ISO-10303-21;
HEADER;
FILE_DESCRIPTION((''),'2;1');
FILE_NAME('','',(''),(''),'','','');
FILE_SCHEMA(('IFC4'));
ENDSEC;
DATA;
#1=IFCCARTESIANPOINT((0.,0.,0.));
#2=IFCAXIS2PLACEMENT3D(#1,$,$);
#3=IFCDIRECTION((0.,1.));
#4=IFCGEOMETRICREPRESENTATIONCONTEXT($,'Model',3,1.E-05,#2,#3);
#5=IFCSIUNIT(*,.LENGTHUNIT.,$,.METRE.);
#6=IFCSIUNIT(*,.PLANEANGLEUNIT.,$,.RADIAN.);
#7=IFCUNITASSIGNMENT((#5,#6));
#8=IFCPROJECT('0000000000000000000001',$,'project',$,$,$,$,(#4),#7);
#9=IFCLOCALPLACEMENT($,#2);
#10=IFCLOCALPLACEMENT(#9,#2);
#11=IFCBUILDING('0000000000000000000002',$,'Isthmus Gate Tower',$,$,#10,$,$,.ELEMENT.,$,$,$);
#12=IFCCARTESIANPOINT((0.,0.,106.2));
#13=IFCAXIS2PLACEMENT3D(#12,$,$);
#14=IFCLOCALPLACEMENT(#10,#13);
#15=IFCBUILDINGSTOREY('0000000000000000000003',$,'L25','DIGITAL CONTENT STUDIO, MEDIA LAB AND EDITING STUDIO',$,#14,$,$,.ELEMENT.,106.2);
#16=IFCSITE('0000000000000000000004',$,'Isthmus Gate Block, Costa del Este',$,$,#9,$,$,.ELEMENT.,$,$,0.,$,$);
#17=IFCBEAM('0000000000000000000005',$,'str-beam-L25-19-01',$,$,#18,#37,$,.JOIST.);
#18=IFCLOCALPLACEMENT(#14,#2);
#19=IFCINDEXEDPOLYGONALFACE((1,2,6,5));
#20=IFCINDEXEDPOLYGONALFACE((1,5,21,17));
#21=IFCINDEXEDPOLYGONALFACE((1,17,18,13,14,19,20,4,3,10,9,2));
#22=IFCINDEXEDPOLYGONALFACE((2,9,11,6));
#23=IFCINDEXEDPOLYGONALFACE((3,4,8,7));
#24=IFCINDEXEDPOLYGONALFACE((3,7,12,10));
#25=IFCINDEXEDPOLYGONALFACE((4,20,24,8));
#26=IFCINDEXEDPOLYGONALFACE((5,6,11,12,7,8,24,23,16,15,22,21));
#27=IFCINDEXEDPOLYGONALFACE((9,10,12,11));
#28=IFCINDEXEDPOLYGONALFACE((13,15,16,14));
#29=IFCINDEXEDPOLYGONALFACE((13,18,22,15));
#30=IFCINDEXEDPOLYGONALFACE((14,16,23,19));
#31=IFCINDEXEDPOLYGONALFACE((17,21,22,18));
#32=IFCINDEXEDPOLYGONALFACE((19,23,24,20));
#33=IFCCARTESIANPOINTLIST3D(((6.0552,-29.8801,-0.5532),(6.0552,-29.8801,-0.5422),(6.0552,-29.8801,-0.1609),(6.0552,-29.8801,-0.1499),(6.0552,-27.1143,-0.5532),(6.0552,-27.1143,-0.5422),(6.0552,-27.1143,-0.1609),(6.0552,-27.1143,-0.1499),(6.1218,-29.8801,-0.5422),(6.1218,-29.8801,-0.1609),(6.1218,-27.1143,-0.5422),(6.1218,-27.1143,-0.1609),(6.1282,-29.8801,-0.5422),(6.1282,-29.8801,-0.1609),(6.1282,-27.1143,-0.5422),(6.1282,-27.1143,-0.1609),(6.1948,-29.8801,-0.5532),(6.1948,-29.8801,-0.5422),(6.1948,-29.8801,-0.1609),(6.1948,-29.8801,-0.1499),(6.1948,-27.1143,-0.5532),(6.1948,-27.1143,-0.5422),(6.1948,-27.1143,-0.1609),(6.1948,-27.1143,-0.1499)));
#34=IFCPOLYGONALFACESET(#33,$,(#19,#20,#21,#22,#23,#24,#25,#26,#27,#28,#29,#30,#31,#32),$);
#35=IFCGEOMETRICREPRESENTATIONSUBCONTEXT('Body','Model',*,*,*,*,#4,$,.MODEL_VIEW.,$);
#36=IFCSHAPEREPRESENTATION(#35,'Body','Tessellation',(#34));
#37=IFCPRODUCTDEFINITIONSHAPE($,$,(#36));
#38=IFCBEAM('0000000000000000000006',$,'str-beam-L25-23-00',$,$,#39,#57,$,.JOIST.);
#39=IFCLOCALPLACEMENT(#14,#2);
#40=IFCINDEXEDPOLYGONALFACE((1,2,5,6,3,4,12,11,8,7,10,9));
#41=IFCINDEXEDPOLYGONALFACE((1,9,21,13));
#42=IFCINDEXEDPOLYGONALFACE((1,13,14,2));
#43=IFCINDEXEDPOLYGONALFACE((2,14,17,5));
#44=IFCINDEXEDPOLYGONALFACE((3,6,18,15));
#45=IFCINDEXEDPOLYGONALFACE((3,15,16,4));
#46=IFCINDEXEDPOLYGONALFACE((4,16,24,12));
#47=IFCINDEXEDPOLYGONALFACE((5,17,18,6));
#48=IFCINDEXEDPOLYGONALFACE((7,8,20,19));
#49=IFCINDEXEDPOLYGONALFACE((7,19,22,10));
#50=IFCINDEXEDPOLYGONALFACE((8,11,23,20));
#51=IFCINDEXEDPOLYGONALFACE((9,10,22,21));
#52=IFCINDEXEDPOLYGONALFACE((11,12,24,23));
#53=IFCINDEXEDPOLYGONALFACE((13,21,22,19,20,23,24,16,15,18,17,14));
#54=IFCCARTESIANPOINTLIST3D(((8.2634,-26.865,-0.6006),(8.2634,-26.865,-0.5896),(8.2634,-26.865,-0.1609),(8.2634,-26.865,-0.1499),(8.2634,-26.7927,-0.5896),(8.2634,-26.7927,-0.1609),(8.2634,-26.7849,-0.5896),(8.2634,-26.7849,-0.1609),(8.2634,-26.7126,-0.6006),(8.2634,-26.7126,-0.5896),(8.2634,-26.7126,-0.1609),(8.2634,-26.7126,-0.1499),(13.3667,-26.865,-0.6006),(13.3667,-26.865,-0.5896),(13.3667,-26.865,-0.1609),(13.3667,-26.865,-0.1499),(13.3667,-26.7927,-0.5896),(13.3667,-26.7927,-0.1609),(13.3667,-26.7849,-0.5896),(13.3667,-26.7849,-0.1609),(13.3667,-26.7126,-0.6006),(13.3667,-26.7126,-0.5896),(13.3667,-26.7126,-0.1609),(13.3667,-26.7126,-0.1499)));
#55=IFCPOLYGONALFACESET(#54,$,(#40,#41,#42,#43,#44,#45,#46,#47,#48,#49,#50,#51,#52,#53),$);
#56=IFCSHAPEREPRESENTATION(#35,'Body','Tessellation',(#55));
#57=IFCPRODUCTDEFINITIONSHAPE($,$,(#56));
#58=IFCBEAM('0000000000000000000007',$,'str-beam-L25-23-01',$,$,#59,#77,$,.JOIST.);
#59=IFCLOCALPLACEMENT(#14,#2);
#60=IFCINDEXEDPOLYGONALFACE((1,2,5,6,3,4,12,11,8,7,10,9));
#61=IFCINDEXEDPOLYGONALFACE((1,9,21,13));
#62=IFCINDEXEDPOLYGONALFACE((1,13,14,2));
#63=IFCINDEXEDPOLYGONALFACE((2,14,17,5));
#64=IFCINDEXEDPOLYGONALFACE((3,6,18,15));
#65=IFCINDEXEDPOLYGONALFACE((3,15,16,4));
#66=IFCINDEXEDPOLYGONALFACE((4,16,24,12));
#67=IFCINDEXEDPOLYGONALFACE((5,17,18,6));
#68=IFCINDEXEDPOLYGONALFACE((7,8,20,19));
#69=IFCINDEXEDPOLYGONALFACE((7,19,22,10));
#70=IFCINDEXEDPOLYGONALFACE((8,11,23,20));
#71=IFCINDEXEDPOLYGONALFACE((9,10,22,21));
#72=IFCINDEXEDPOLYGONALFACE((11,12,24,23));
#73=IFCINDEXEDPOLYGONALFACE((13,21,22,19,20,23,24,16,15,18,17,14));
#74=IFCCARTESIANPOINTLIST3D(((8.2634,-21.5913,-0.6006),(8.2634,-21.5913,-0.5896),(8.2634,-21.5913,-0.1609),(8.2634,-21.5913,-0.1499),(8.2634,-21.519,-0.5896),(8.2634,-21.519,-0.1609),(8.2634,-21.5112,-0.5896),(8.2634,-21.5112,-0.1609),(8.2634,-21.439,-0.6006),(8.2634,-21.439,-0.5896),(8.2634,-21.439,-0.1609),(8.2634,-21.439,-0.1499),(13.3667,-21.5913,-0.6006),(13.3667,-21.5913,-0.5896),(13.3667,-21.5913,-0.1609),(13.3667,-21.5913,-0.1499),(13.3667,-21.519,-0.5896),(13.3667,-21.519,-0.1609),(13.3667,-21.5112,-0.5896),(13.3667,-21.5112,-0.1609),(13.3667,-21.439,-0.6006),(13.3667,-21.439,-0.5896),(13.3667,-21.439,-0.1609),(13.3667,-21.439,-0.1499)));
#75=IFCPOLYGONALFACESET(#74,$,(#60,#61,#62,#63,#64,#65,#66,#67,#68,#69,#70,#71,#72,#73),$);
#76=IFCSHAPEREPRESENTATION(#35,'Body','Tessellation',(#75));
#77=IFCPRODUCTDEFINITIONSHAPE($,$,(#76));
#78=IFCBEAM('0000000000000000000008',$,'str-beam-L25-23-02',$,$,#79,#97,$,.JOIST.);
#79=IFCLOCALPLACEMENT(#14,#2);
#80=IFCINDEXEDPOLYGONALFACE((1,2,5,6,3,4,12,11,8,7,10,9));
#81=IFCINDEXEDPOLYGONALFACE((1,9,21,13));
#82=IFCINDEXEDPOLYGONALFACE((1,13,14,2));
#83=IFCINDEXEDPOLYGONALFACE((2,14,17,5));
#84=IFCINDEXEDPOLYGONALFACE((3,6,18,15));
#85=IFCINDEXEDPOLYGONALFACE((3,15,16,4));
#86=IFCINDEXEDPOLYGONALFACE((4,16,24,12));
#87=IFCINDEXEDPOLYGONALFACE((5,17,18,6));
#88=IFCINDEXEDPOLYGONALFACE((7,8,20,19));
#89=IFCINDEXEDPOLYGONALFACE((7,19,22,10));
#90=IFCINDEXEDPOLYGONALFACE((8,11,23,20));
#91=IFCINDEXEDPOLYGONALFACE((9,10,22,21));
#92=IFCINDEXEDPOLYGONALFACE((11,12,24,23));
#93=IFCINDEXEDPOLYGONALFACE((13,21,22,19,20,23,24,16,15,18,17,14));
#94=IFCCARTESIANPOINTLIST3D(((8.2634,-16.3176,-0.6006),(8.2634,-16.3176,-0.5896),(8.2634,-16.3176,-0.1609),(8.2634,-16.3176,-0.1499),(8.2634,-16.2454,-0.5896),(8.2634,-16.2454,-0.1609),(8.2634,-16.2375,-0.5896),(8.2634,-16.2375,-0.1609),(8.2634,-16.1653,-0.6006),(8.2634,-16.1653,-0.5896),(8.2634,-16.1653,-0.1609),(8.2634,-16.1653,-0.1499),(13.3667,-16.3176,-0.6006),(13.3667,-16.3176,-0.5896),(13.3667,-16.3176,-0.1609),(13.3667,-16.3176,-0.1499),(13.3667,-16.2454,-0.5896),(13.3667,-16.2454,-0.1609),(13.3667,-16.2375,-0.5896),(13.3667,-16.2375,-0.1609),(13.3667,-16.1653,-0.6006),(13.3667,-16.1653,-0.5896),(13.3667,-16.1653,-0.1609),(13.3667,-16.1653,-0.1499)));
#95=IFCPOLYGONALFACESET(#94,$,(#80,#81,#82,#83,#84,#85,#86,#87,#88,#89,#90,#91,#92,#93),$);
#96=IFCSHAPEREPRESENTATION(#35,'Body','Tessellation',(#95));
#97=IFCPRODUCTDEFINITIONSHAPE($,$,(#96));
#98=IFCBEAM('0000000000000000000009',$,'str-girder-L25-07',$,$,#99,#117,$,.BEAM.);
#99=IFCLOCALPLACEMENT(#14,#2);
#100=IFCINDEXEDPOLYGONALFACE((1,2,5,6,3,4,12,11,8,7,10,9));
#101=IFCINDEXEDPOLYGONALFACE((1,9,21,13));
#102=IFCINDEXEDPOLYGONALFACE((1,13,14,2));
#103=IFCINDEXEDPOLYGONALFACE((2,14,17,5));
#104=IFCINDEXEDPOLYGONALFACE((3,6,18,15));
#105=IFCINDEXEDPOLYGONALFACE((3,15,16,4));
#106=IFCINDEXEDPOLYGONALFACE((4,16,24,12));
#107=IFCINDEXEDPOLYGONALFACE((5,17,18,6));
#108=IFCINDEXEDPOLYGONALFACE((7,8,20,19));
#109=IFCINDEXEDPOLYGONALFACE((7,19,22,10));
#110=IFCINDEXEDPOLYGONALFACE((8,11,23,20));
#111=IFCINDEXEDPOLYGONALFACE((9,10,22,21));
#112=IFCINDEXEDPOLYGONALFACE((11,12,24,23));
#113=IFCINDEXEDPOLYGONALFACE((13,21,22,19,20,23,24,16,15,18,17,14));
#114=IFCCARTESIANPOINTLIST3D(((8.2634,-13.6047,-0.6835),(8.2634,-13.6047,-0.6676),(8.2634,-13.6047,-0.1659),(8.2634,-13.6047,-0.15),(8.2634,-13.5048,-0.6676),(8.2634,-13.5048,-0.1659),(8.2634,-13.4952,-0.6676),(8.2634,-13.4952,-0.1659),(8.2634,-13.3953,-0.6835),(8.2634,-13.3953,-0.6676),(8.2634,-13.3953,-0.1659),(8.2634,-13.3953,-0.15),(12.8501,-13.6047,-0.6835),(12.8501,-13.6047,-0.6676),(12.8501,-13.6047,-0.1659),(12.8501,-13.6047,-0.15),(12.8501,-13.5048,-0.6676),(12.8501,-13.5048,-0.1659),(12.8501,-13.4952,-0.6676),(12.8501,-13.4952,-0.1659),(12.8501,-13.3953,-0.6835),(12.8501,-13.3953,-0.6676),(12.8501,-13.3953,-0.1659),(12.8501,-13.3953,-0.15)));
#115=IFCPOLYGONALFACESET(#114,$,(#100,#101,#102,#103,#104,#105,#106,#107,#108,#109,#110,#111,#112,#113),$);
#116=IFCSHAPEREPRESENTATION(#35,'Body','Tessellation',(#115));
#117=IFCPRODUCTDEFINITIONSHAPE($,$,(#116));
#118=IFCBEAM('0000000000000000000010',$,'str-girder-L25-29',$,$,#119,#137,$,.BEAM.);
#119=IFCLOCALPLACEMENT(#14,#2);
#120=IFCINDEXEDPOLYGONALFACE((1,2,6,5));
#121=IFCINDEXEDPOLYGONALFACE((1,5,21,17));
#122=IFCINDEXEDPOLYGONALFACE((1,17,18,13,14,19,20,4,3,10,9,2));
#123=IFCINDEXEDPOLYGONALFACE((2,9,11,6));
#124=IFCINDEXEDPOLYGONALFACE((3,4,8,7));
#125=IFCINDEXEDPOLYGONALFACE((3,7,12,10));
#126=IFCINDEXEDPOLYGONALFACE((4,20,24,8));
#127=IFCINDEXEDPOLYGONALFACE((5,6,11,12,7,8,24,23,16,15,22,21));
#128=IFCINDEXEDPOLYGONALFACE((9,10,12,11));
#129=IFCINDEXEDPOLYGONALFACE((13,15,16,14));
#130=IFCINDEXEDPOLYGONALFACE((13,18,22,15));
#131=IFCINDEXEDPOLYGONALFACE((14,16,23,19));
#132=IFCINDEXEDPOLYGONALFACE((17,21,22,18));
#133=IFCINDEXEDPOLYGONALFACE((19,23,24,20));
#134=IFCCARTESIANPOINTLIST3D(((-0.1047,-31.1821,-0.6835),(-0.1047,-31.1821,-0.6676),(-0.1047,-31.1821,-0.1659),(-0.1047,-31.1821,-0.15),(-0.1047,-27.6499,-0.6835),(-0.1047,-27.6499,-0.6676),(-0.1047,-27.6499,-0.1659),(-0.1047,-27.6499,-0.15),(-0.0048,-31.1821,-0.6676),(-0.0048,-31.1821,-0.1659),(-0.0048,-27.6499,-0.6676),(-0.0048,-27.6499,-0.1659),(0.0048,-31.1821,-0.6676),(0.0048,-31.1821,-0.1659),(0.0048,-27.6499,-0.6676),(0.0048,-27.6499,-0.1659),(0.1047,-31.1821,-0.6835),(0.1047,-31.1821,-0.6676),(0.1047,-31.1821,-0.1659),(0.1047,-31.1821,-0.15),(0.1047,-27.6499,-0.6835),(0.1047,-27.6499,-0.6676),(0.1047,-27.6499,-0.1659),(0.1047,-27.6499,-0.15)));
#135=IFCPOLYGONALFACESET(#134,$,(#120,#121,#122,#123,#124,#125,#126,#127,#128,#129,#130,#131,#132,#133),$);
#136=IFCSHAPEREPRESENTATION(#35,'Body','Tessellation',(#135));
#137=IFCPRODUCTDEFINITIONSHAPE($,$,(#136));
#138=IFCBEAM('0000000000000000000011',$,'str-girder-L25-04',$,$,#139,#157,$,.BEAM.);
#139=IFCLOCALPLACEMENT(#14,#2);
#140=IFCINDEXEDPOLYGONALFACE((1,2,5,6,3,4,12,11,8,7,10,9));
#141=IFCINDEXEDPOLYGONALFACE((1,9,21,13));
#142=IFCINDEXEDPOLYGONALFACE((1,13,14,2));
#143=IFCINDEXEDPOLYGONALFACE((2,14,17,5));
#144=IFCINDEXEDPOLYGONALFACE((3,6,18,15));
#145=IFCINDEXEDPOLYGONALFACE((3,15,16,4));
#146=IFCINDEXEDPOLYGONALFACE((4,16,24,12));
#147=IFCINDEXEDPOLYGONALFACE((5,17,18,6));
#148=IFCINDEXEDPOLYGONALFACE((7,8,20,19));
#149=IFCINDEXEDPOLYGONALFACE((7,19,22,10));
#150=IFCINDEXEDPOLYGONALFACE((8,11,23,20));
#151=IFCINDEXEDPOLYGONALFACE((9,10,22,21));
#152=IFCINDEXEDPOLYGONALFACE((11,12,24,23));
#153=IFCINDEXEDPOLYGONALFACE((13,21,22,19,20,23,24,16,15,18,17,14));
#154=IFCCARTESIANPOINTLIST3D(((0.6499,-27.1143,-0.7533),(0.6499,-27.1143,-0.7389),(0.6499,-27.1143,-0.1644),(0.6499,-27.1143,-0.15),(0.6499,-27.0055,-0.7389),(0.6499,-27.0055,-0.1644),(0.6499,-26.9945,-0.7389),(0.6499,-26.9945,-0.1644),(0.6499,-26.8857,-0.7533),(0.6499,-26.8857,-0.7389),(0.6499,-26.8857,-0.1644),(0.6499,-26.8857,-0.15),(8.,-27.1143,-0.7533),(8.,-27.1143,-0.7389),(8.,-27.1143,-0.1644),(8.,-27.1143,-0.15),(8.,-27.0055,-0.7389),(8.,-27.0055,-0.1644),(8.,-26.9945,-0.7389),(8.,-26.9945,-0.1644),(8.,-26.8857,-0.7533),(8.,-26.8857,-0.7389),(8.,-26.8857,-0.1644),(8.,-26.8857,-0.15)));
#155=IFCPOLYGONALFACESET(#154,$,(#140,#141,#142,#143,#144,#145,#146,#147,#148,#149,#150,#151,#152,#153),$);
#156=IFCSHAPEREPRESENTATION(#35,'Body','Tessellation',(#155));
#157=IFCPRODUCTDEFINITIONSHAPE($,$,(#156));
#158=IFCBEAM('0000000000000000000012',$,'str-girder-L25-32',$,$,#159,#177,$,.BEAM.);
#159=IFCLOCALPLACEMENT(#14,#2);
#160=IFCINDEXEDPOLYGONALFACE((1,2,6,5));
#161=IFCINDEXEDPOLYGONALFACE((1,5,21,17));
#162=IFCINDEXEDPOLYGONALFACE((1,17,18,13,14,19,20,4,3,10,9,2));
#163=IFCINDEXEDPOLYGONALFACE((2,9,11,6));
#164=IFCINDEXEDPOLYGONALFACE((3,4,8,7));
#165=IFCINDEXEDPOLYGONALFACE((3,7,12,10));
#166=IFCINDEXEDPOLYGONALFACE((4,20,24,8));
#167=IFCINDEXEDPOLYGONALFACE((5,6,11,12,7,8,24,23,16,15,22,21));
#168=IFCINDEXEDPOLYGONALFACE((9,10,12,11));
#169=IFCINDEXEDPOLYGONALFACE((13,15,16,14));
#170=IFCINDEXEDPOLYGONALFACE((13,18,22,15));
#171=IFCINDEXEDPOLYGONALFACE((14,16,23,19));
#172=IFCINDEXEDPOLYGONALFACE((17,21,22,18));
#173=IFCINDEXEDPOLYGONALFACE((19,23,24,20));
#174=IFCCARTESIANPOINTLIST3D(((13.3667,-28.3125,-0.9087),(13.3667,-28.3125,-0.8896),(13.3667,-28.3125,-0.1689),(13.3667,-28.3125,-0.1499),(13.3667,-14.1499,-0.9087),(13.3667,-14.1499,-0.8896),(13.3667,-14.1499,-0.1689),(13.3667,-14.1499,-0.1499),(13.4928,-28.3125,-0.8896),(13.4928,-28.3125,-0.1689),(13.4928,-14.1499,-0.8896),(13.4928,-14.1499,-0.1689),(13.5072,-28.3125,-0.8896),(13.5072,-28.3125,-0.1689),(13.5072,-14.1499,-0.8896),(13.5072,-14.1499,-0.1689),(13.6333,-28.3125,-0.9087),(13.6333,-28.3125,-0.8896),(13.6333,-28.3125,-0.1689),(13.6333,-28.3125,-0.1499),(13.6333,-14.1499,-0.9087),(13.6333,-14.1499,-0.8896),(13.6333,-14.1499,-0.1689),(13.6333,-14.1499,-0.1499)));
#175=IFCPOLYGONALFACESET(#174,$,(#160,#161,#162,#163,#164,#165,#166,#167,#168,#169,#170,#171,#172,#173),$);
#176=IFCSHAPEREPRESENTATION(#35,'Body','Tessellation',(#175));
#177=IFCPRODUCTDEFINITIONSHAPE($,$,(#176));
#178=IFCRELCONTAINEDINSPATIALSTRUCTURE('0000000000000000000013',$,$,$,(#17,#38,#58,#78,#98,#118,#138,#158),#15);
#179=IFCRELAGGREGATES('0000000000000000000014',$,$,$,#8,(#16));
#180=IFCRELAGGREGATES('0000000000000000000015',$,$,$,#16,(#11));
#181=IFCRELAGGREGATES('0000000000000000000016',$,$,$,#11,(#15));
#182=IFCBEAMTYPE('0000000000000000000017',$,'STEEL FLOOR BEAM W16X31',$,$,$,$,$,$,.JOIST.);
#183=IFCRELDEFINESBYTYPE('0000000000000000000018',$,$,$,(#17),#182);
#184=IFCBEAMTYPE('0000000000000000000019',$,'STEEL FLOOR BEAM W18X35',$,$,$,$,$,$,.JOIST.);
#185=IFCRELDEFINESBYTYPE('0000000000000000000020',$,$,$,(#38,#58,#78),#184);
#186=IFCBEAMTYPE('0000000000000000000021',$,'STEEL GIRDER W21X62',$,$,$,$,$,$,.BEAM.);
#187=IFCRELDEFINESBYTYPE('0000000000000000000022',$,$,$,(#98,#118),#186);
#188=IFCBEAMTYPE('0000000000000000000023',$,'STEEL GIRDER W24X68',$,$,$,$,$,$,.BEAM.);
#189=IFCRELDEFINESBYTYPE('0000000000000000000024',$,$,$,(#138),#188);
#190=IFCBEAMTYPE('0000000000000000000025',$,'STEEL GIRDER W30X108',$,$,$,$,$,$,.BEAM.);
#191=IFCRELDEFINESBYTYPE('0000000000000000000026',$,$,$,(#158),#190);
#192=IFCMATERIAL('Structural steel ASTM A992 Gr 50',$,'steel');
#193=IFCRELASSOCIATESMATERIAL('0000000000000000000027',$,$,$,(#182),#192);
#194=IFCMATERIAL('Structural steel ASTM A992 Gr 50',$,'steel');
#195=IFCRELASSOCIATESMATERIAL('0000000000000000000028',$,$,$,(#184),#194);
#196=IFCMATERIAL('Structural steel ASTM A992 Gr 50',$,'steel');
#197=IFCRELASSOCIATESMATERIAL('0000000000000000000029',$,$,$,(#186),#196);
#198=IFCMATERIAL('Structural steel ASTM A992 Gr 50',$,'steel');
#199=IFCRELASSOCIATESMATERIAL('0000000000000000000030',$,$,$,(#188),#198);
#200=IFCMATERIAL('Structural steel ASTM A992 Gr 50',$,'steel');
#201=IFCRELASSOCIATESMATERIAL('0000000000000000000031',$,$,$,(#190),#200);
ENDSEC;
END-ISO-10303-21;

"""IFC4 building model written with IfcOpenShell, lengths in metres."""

from ifc_helpers import new_model, si_unit, direction, frame, origin, origin_2d, place, context, subcontext, project, spatial, i_section, extrude, material, material_profile, profile_set, type_object, element, save


model = new_model("IFC4")

# Units and contexts
model_context = context("Model", 3, precision=1e-05, world=origin(), true_north=direction((0.0, 1.0)))
body_context = subcontext(model_context, "Body", "Model", "MODEL_VIEW")
ifc_project = project(units=[si_unit("LENGTHUNIT", "METRE"), si_unit("PLANEANGLEUNIT", "RADIAN")], contexts=[model_context])

# Site, building, storey
site_placement = place(None, origin())
site = spatial("IfcSite", under=ifc_project, at=site_placement, Name="Isthmus Gate Block, Costa del Este", CompositionType="ELEMENT", RefElevation=0.0)
building_placement = place(site_placement, origin())
building = spatial("IfcBuilding", under=site, at=building_placement, Name="Isthmus Gate Tower", CompositionType="ELEMENT")
storey_placement = place(building_placement, frame((0.0, 0.0, 106.2)))
storey = spatial("IfcBuildingStorey", under=building, at=storey_placement, Name="L25", Description="DIGITAL CONTENT STUDIO, MEDIA LAB AND EDITING STUDIO", CompositionType="ELEMENT", Elevation=106.2)

# Beams
ifc_material_1 = material(Name="Structural steel ASTM A992 Gr 50", Category="steel")
ifc_material_profile_1 = material_profile(ifc_material_1, i_section(OverallWidth=0.1396, OverallDepth=0.4033, WebThickness=0.0063, FlangeThickness=0.011, at=origin_2d()), Name="W16X31")
ifc_profile_set_1 = profile_set([ifc_material_profile_1], Name="Structural steel ASTM A992 Gr 50")
beam_type_1 = type_object("IfcBeamType", Name="STEEL FLOOR BEAM W16X31", PredefinedType="JOIST", material=ifc_profile_set_1)
beam_1_placement = place(storey_placement, frame((6.125, -29.8801, -0.3516), z_axis=(0.0, 1.0, 0.0), x_axis=(-1.0, 0.0, 0.0)))
element("IfcBeam", 1, at=beam_1_placement, inside=storey, type_object=beam_type_1, Name="str-beam-L25-19-01", PredefinedType="JOIST", context=body_context, shape_type="SweptSolid", body=[
    extrude(i_section(OverallWidth=0.1396, OverallDepth=0.4033, WebThickness=0.0063, FlangeThickness=0.011, at=origin_2d()), origin(), (0.0, 0.0, 1.0), 2.7659),
])
ifc_material_2 = material(Name="Structural steel ASTM A992 Gr 50", Category="steel")
ifc_material_profile_2 = material_profile(ifc_material_2, i_section(OverallWidth=0.1523, OverallDepth=0.4507, WebThickness=0.0078, FlangeThickness=0.011, at=origin_2d()), Name="W18X35")
ifc_profile_set_2 = profile_set([ifc_material_profile_2], Name="Structural steel ASTM A992 Gr 50")
beam_type_2 = type_object("IfcBeamType", Name="STEEL FLOOR BEAM W18X35", PredefinedType="JOIST", material=ifc_profile_set_2)
for number, where, z_axis, x_axis, name in (
    (2, (8.2634, -26.7888, -0.3752), (1.0, 0.0, 0.0), (0.0, 1.0, 0.0), "str-beam-L25-23-00"),
    (3, (8.2634, -21.5151, -0.3752), (1.0, 0.0, 0.0), (0.0, 1.0, 0.0), "str-beam-L25-23-01"),
    (4, (8.2634, -16.2415, -0.3752), (1.0, 0.0, 0.0), (0.0, 1.0, 0.0), "str-beam-L25-23-02"),
):
    element("IfcBeam", number, at=place(storey_placement, frame(where, z_axis=z_axis, x_axis=x_axis)), inside=storey, type_object=beam_type_2, Name=name, PredefinedType="JOIST", context=body_context, shape_type="SweptSolid", body=[
        extrude(i_section(OverallWidth=0.1523, OverallDepth=0.4507, WebThickness=0.0078, FlangeThickness=0.011, at=origin_2d()), origin(), (0.0, 0.0, 1.0), 5.1033),
    ])
ifc_material_3 = material(Name="Structural steel ASTM A992 Gr 50", Category="steel")
ifc_material_profile_3 = material_profile(ifc_material_3, i_section(OverallWidth=0.2095, OverallDepth=0.5334, WebThickness=0.0095, FlangeThickness=0.0159, at=origin_2d()), Name="W21X62")
ifc_profile_set_3 = profile_set([ifc_material_profile_3], Name="Structural steel ASTM A992 Gr 50")
beam_type_3 = type_object("IfcBeamType", Name="STEEL GIRDER W21X62", PredefinedType="BEAM", material=ifc_profile_set_3)
beam_2_placement = place(storey_placement, frame((8.2634, -13.5, -0.4167), z_axis=(1.0, 0.0, 0.0), x_axis=(0.0, 1.0, 0.0)))
element("IfcBeam", 5, at=beam_2_placement, inside=storey, type_object=beam_type_3, Name="str-girder-L25-07", PredefinedType="BEAM", context=body_context, shape_type="SweptSolid", body=[
    extrude(i_section(OverallWidth=0.2095, OverallDepth=0.5334, WebThickness=0.0095, FlangeThickness=0.0159, at=origin_2d()), origin(), (0.0, 0.0, 1.0), 4.5867),
])
beam_3_placement = place(storey_placement, frame((0.0, -31.1821, -0.4167), z_axis=(0.0, 1.0, 0.0), x_axis=(-1.0, 0.0, 0.0)))
element("IfcBeam", 6, at=beam_3_placement, inside=storey, type_object=beam_type_3, Name="str-girder-L25-29", PredefinedType="BEAM", context=body_context, shape_type="SweptSolid", body=[
    extrude(i_section(OverallWidth=0.2095, OverallDepth=0.5334, WebThickness=0.0095, FlangeThickness=0.0159, at=origin_2d()), origin(), (0.0, 0.0, 1.0), 3.5322),
])
ifc_material_4 = material(Name="Structural steel ASTM A992 Gr 50", Category="steel")
ifc_material_profile_4 = material_profile(ifc_material_4, i_section(OverallWidth=0.2285, OverallDepth=0.6033, WebThickness=0.011, FlangeThickness=0.0144, at=origin_2d()), Name="W24X68")
ifc_profile_set_4 = profile_set([ifc_material_profile_4], Name="Structural steel ASTM A992 Gr 50")
beam_type_4 = type_object("IfcBeamType", Name="STEEL GIRDER W24X68", PredefinedType="BEAM", material=ifc_profile_set_4)
beam_4_placement = place(storey_placement, frame((0.6499, -27.0, -0.4517), z_axis=(1.0, 0.0, 0.0), x_axis=(0.0, 1.0, 0.0)))
element("IfcBeam", 7, at=beam_4_placement, inside=storey, type_object=beam_type_4, Name="str-girder-L25-04", PredefinedType="BEAM", context=body_context, shape_type="SweptSolid", body=[
    extrude(i_section(OverallWidth=0.2285, OverallDepth=0.6033, WebThickness=0.011, FlangeThickness=0.0144, at=origin_2d()), origin(), (0.0, 0.0, 1.0), 7.3501),
])
ifc_material_5 = material(Name="Structural steel ASTM A992 Gr 50", Category="steel")
ifc_material_profile_5 = material_profile(ifc_material_5, i_section(OverallWidth=0.2666, OverallDepth=0.7588, WebThickness=0.0144, FlangeThickness=0.019, at=origin_2d()), Name="W30X108")
ifc_profile_set_5 = profile_set([ifc_material_profile_5], Name="Structural steel ASTM A992 Gr 50")
beam_type_5 = type_object("IfcBeamType", Name="STEEL GIRDER W30X108", PredefinedType="BEAM", material=ifc_profile_set_5)
beam_5_placement = place(storey_placement, frame((13.5, -28.3125, -0.5293), z_axis=(0.0, 1.0, 0.0), x_axis=(-1.0, 0.0, 0.0)))
element("IfcBeam", 8, at=beam_5_placement, inside=storey, type_object=beam_type_5, Name="str-girder-L25-32", PredefinedType="BEAM", context=body_context, shape_type="SweptSolid", body=[
    extrude(i_section(OverallWidth=0.2666, OverallDepth=0.7588, WebThickness=0.0144, FlangeThickness=0.019, at=origin_2d()), origin(), (0.0, 0.0, 1.0), 14.1626),
])

save(model, "model.ifc")
